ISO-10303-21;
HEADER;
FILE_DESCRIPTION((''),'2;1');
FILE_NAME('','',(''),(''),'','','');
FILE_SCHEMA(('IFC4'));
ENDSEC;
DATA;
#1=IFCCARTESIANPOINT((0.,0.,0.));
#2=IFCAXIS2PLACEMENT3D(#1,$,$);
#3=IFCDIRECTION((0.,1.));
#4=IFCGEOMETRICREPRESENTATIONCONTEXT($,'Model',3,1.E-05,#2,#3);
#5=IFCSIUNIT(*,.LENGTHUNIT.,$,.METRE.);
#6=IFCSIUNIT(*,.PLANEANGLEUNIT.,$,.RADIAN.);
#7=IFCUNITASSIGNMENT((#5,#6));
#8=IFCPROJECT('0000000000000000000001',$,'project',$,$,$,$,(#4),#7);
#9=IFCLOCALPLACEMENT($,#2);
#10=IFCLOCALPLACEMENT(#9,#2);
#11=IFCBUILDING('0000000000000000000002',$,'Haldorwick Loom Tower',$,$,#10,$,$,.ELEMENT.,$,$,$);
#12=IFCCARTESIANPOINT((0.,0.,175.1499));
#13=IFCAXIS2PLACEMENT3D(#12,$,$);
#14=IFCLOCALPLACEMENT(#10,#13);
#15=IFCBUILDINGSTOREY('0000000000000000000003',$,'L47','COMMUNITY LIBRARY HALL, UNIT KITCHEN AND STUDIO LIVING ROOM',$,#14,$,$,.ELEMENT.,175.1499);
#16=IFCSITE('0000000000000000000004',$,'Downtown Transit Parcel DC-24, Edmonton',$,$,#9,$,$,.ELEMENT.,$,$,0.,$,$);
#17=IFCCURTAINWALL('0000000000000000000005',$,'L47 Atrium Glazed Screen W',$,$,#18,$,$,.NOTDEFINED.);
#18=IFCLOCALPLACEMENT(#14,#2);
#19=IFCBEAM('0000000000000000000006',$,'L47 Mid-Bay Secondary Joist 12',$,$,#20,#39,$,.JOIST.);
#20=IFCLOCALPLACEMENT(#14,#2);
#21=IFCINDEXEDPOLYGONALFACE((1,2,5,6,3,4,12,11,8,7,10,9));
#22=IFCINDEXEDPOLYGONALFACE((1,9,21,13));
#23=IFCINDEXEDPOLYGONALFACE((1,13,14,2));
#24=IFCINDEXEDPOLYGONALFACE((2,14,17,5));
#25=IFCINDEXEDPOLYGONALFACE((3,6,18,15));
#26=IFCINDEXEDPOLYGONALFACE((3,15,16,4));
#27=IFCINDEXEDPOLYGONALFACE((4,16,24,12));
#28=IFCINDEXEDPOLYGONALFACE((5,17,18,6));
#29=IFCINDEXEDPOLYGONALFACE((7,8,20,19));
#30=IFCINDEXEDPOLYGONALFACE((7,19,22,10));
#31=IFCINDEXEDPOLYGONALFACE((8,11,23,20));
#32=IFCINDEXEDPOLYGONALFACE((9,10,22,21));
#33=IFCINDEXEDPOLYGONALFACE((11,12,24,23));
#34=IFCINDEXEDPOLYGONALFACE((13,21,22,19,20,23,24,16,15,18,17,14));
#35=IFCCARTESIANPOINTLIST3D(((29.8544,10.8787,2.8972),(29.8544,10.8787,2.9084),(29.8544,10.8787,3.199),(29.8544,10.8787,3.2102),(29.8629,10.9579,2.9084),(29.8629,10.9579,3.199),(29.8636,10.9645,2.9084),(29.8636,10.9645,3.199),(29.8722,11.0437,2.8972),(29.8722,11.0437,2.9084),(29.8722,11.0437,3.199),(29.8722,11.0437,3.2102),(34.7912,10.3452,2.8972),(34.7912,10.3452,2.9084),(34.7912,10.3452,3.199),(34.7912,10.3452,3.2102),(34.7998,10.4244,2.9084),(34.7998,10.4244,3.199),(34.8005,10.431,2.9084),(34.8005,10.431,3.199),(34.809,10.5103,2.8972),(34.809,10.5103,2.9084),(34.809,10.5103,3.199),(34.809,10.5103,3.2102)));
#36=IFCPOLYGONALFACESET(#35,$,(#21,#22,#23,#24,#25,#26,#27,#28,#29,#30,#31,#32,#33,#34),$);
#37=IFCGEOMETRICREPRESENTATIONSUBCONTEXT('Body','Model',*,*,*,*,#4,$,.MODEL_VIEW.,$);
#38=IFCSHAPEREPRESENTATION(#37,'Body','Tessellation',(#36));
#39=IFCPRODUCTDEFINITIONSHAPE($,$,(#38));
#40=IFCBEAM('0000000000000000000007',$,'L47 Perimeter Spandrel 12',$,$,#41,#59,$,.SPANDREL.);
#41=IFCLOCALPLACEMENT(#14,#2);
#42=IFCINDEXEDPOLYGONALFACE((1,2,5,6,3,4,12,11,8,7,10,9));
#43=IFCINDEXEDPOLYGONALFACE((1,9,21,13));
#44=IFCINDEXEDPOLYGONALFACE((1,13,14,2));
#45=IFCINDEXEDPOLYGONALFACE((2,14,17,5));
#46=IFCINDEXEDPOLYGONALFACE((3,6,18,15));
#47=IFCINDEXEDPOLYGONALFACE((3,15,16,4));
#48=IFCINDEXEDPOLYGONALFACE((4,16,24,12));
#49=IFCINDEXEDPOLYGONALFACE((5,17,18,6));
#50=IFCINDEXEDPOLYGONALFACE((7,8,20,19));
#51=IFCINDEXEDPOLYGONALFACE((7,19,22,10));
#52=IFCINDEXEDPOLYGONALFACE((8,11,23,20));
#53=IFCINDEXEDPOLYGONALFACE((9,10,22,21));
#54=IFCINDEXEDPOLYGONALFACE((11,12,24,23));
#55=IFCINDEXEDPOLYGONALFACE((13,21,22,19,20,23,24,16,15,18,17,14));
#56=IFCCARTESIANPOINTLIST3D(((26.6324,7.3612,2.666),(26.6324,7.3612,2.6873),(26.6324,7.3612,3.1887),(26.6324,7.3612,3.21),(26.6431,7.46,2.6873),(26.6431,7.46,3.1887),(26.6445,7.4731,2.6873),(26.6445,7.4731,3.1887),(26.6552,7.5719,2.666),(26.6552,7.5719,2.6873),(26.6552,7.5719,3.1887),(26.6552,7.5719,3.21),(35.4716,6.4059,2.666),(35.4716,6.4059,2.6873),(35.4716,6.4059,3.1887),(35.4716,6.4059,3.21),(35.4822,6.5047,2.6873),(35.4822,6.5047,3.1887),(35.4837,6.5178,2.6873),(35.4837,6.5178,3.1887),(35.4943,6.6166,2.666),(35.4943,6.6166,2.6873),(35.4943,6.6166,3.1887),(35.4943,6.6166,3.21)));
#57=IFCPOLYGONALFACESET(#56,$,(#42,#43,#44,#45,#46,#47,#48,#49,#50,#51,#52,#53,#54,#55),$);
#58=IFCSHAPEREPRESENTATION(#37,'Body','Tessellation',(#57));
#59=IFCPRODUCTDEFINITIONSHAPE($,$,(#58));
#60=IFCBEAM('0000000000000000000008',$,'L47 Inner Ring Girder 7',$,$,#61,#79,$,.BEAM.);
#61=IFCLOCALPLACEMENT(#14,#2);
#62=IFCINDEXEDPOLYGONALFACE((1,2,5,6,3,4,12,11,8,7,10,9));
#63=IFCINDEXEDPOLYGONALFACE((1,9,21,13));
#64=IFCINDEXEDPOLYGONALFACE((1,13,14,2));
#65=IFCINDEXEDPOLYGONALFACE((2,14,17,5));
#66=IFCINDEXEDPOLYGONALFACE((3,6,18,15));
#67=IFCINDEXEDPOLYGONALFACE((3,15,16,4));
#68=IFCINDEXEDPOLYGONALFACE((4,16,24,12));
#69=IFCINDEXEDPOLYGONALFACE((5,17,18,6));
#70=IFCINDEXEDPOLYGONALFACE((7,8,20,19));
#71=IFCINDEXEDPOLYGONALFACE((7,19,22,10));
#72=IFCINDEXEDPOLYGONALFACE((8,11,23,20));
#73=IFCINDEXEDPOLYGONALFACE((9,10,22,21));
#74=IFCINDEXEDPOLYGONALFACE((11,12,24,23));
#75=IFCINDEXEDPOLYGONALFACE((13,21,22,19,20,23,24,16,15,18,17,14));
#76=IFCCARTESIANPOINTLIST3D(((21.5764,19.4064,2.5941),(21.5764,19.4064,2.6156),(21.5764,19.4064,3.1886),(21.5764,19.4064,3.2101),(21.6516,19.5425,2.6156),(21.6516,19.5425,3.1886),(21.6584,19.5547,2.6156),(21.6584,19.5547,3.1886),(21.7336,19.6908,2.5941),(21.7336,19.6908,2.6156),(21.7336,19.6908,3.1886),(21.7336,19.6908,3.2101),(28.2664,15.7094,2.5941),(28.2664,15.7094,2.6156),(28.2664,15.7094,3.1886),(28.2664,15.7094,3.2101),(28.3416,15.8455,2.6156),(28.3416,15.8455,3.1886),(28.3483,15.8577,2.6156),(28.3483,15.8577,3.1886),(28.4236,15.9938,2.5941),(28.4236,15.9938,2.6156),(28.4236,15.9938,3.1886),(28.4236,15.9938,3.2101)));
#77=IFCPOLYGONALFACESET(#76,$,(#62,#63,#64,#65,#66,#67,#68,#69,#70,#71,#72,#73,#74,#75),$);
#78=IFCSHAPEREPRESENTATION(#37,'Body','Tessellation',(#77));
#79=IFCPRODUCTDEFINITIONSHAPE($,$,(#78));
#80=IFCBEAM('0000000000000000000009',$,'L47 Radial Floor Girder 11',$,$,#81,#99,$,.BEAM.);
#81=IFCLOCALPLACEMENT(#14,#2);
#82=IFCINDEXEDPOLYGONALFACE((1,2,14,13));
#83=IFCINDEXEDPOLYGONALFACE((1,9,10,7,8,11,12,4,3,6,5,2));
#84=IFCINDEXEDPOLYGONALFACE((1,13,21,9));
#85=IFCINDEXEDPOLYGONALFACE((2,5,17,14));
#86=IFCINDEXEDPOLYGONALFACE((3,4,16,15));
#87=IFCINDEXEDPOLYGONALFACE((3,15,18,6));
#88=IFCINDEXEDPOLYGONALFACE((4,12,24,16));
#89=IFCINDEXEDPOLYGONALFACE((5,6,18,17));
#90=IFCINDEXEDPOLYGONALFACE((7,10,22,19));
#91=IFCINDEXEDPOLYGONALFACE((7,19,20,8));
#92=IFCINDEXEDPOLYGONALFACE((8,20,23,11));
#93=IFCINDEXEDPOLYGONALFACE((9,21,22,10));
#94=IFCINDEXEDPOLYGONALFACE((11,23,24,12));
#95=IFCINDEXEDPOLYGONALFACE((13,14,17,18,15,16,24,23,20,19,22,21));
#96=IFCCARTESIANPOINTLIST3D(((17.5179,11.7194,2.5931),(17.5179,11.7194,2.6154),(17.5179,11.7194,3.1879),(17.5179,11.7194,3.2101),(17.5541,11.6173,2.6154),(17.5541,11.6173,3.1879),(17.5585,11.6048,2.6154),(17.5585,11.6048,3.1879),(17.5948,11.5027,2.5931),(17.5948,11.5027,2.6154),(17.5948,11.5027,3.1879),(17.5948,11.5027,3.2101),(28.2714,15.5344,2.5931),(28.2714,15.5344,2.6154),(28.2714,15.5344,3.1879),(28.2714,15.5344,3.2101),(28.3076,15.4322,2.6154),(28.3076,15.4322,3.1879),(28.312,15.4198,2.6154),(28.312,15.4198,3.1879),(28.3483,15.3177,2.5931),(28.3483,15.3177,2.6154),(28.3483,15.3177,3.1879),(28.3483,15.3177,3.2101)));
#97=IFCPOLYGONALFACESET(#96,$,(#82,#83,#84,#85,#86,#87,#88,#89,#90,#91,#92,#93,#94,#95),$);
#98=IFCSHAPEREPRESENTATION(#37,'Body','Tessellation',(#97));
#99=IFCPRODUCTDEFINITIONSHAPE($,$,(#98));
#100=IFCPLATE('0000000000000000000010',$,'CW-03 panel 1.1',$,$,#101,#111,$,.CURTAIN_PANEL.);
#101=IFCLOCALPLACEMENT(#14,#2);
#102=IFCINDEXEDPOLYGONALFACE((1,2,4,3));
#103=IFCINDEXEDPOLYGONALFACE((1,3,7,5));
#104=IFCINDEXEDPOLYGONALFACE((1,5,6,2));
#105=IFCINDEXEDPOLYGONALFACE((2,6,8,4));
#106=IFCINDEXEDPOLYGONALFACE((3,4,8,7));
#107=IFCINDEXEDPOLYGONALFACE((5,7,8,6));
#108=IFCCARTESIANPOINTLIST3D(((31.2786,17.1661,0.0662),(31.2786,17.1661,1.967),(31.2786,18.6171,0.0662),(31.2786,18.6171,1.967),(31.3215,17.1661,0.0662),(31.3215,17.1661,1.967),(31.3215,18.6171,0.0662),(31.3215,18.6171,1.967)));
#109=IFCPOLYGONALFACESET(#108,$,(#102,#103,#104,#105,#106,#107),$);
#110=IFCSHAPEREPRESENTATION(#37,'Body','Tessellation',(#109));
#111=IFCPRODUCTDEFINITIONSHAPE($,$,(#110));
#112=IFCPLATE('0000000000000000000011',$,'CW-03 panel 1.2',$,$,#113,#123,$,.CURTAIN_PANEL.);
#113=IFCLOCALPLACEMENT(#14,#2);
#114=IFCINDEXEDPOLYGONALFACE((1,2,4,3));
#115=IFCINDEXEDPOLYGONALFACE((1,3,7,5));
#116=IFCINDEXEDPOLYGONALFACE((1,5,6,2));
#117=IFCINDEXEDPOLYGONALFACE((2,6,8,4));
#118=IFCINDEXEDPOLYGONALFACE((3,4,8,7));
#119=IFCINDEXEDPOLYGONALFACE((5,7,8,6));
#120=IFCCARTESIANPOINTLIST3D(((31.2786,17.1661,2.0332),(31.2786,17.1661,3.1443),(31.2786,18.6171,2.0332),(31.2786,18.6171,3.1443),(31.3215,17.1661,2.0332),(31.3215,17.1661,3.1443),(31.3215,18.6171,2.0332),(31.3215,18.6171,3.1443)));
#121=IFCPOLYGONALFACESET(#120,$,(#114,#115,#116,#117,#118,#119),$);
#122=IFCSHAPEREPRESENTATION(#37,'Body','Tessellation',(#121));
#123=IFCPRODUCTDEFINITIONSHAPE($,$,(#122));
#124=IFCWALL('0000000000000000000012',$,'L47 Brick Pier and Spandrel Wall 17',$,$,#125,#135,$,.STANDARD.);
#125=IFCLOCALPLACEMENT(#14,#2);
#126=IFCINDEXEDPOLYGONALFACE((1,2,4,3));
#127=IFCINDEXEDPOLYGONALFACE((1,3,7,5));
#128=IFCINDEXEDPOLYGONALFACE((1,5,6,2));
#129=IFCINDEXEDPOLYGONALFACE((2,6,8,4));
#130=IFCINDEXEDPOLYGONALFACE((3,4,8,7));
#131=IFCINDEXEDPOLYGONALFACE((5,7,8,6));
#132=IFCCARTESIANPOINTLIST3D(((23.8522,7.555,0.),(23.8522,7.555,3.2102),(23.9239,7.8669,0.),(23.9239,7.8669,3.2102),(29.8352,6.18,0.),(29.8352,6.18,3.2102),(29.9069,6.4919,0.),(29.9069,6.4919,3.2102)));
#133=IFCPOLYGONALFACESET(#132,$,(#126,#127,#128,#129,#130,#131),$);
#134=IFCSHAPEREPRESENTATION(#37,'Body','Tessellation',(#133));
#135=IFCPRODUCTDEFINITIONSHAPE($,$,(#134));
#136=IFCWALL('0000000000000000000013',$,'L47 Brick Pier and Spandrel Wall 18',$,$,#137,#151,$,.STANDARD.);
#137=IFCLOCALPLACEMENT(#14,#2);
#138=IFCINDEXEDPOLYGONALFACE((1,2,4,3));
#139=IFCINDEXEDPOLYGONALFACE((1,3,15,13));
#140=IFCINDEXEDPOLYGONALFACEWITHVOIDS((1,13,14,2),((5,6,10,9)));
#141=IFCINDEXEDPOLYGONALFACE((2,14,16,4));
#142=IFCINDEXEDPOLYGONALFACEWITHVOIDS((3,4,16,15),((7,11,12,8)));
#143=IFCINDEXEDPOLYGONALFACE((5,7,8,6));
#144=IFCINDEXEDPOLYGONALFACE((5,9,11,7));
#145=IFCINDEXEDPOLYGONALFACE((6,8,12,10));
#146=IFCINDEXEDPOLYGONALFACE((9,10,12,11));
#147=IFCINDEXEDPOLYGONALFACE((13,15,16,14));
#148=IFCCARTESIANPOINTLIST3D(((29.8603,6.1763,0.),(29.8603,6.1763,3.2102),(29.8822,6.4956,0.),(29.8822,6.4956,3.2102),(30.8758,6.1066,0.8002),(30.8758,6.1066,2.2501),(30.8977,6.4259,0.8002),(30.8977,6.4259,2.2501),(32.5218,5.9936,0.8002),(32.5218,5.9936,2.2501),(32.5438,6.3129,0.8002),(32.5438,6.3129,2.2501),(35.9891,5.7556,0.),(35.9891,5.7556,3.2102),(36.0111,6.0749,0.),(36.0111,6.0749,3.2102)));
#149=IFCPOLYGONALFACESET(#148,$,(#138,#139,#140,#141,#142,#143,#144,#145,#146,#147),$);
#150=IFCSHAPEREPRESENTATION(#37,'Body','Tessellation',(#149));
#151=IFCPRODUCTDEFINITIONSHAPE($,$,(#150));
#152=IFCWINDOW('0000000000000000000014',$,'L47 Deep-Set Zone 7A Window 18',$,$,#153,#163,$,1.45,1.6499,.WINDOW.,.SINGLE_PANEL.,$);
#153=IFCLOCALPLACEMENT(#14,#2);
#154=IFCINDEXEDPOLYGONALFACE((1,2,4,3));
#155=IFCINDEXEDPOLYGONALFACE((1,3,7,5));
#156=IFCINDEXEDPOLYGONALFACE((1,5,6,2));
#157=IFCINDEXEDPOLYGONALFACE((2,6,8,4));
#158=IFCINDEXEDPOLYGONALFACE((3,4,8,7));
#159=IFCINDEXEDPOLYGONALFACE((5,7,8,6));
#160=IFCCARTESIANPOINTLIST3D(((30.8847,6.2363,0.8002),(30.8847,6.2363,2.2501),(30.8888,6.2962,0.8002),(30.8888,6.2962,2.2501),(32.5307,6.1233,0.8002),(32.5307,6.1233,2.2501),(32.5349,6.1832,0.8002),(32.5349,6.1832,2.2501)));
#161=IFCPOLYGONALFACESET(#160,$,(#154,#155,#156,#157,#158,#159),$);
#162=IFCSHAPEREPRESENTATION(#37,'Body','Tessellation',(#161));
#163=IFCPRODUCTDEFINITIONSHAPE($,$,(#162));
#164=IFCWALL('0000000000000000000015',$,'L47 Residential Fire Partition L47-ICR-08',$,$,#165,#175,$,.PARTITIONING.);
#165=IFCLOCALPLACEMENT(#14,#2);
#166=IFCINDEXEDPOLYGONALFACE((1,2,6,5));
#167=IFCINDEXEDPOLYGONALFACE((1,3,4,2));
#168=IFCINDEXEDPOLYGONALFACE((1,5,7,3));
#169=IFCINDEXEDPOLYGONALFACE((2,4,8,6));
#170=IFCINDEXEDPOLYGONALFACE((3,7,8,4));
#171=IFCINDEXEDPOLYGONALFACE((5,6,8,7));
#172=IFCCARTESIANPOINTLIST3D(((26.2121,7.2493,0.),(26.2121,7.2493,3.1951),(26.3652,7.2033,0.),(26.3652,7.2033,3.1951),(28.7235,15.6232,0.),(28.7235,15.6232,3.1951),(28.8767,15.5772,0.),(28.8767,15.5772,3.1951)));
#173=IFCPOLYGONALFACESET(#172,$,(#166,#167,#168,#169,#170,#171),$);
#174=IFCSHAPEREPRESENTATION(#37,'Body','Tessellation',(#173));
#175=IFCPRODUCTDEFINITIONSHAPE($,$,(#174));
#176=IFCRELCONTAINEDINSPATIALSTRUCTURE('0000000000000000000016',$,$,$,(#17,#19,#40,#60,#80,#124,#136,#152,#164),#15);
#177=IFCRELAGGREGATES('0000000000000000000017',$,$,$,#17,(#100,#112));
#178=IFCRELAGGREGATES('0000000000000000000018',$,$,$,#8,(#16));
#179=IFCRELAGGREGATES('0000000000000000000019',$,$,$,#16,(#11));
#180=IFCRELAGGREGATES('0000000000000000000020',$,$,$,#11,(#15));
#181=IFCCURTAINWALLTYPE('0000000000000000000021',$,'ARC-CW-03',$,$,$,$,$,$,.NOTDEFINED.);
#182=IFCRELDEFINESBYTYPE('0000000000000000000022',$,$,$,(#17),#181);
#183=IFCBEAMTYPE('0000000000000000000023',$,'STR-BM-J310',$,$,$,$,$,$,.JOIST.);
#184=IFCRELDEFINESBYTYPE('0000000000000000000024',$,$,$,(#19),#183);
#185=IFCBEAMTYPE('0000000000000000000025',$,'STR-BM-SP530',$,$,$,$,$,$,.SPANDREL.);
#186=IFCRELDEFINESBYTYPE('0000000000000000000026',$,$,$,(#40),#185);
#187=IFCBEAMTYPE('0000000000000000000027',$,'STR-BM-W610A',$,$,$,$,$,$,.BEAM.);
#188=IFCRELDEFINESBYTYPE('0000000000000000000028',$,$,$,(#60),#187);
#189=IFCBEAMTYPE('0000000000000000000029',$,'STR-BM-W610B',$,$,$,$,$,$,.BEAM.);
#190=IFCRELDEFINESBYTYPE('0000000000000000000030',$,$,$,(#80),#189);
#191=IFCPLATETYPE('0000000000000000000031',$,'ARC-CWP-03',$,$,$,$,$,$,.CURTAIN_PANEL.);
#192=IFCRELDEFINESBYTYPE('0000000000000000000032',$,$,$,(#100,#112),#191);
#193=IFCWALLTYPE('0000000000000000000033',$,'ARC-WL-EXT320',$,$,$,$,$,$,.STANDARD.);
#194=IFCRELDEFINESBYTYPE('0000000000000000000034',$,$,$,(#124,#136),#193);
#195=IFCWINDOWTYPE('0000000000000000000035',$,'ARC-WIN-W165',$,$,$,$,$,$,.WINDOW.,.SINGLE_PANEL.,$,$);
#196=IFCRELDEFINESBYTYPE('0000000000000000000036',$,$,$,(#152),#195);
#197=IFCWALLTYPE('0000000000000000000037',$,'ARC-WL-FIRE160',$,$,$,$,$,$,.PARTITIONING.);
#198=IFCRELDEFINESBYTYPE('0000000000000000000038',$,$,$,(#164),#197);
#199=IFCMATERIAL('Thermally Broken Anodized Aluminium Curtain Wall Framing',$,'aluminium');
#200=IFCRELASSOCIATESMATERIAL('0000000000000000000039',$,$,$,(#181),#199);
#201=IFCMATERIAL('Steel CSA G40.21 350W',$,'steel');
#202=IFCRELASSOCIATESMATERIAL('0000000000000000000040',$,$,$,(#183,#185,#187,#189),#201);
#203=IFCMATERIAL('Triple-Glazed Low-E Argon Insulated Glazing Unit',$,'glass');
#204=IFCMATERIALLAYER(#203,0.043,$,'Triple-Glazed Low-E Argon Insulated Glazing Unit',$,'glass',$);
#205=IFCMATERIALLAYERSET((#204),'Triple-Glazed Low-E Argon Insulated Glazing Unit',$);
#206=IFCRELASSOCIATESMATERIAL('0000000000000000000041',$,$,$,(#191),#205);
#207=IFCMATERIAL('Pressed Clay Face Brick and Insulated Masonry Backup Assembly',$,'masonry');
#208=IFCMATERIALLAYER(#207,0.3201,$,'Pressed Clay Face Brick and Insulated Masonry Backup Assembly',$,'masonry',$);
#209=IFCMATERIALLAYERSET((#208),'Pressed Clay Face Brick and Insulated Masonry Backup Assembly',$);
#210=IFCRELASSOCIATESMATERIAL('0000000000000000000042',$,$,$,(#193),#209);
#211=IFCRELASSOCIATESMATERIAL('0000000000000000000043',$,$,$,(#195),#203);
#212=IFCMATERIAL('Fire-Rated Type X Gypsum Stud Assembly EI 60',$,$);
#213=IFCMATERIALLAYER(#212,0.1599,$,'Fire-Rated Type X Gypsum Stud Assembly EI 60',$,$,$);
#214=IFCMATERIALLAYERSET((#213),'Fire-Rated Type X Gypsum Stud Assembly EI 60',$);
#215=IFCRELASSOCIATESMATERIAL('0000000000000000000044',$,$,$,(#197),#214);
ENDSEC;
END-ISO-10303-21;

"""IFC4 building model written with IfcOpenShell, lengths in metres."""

from ifc_helpers import new_model, si_unit, direction, frame, frame_2d, origin, origin_2d, place, context, subcontext, project, spatial, rectangle, i_section, extrude, material, layer, layer_set, material_profile, profile_set, type_object, element, fill, aggregate, save


model = new_model("IFC4")

# Units and contexts
model_context = context("Model", 3, precision=1e-05, world=origin(), true_north=direction((0.0, 1.0)))
body_context = subcontext(model_context, "Body", "Model", "MODEL_VIEW")
ifc_project = project(units=[si_unit("LENGTHUNIT", "METRE"), si_unit("PLANEANGLEUNIT", "RADIAN")], contexts=[model_context])

# Site, building, storey
site_placement = place(None, origin())
site = spatial("IfcSite", under=ifc_project, at=site_placement, Name="Downtown Transit Parcel DC-24, Edmonton", CompositionType="ELEMENT", RefElevation=0.0)
building_placement = place(site_placement, origin())
building = spatial("IfcBuilding", under=site, at=building_placement, Name="Haldorwick Loom Tower", CompositionType="ELEMENT")
storey_placement = place(building_placement, frame((0.0, 0.0, 175.1499)))
storey = spatial("IfcBuildingStorey", under=building, at=storey_placement, Name="L47", Description="COMMUNITY LIBRARY HALL, UNIT KITCHEN AND STUDIO LIVING ROOM", CompositionType="ELEMENT", Elevation=175.1499)

# Curtain wall
ifc_material_1 = material(Name="Thermally Broken Anodized Aluminium Curtain Wall Framing", Category="aluminium")
curtain_wall_type = type_object("IfcCurtainWallType", Name="ARC-CW-03", PredefinedType="NOTDEFINED", material=ifc_material_1)
curtain_wall_placement = place(storey_placement, origin())
curtain_wall = element("IfcCurtainWall", 1, at=curtain_wall_placement, inside=storey, type_object=curtain_wall_type, Name="L47 Atrium Glazed Screen W", PredefinedType="NOTDEFINED")

# Beams
ifc_material_2 = material(Name="Steel CSA G40.21 350W", Category="steel")
ifc_material_profile_1 = material_profile(ifc_material_2, i_section(OverallWidth=0.166, OverallDepth=0.313, WebThickness=0.0066, FlangeThickness=0.0112, at=origin_2d()), Name="W310X45", Category="steel")
ifc_profile_set_1 = profile_set([ifc_material_profile_1], Name="Steel CSA G40.21 350W")
beam_type_1 = type_object("IfcBeamType", Name="STR-BM-J310", PredefinedType="JOIST", material=ifc_profile_set_1)
beam_1_placement = place(storey_placement, frame((29.8633, 10.9612, 3.0537), z_axis=(0.994213, -0.107431, 0.0), x_axis=(0.107431, 0.994213, 0.0)))
element("IfcBeam", 2, at=beam_1_placement, inside=storey, type_object=beam_type_1, Name="L47 Mid-Bay Secondary Joist 12", PredefinedType="JOIST", context=body_context, shape_type="SweptSolid", body=[
    extrude(i_section(OverallWidth=0.166, OverallDepth=0.313, WebThickness=0.0066, FlangeThickness=0.0112, at=origin_2d()), origin(), (0.0, 0.0, 1.0), 4.9656),
])
ifc_material_profile_2 = material_profile(ifc_material_2, i_section(OverallWidth=0.2119, OverallDepth=0.5439, WebThickness=0.0132, FlangeThickness=0.0212, at=origin_2d()), Name="W530X123", Category="steel")
ifc_profile_set_2 = profile_set([ifc_material_profile_2], Name="Steel CSA G40.21 350W")
beam_type_2 = type_object("IfcBeamType", Name="STR-BM-SP530", PredefinedType="SPANDREL", material=ifc_profile_set_2)
beam_2_placement = place(storey_placement, frame((26.6438, 7.4666, 2.938), z_axis=(0.99421, -0.107453, 0.0), x_axis=(0.107453, 0.99421, 0.0)))
element("IfcBeam", 3, at=beam_2_placement, inside=storey, type_object=beam_type_2, Name="L47 Perimeter Spandrel 12", PredefinedType="SPANDREL", context=body_context, shape_type="SweptSolid", body=[
    extrude(i_section(OverallWidth=0.2119, OverallDepth=0.5439, WebThickness=0.0132, FlangeThickness=0.0212, at=origin_2d()), origin(), (0.0, 0.0, 1.0), 8.8906),
])
ifc_material_profile_3 = material_profile(ifc_material_2, i_section(OverallWidth=0.325, OverallDepth=0.616, WebThickness=0.0139, FlangeThickness=0.0215, at=origin_2d()), Name="W610X174", Category="steel")
ifc_profile_set_3 = profile_set([ifc_material_profile_3], Name="Steel CSA G40.21 350W")
beam_type_3 = type_object("IfcBeamType", Name="STR-BM-W610A", PredefinedType="BEAM", material=ifc_profile_set_3)
beam_3_placement = place(storey_placement, frame((28.345, 15.8516, 2.9021), z_axis=(-0.875244, 0.483681, 0.0), x_axis=(-0.483681, -0.875244, 0.0)))
element("IfcBeam", 4, at=beam_3_placement, inside=storey, type_object=beam_type_3, Name="L47 Inner Ring Girder 7", PredefinedType="BEAM", context=body_context, shape_type="SweptSolid", body=[
    extrude(i_section(OverallWidth=0.325, OverallDepth=0.616, WebThickness=0.0139, FlangeThickness=0.0215, at=origin_2d()), origin(), (0.0, 0.0, 1.0), 7.6436),
])
ifc_material_profile_4 = material_profile(ifc_material_2, i_section(OverallWidth=0.23, OverallDepth=0.6169, WebThickness=0.0132, FlangeThickness=0.0222, at=origin_2d()), Name="W610X140", Category="steel")
ifc_profile_set_4 = profile_set([ifc_material_profile_4], Name="Steel CSA G40.21 350W")
beam_type_4 = type_object("IfcBeamType", Name="STR-BM-W610B", PredefinedType="BEAM", material=ifc_profile_set_4)
beam_4_placement = place(storey_placement, frame((28.3098, 15.426, 2.9016), z_axis=(-0.942449, -0.334349, 0.0), x_axis=(0.334349, -0.942449, 0.0)))
element("IfcBeam", 5, at=beam_4_placement, inside=storey, type_object=beam_type_4, Name="L47 Radial Floor Girder 11", PredefinedType="BEAM", context=body_context, shape_type="SweptSolid", body=[
    extrude(i_section(OverallWidth=0.23, OverallDepth=0.6169, WebThickness=0.0132, FlangeThickness=0.0222, at=origin_2d()), origin(), (0.0, 0.0, 1.0), 11.4102),
])

# Plates
ifc_material_3 = material(Name="Triple-Glazed Low-E Argon Insulated Glazing Unit", Category="glass")
ifc_layer_1 = layer(ifc_material_3, 0.043, Name="Triple-Glazed Low-E Argon Insulated Glazing Unit", Category="glass")
ifc_layer_set_1 = layer_set([ifc_layer_1], Name="Triple-Glazed Low-E Argon Insulated Glazing Unit")
plate_type = type_object("IfcPlateType", Name="ARC-CWP-03", PredefinedType="CURTAIN_PANEL", material=ifc_layer_set_1)
plate_1_placement = place(storey_placement, frame((31.3, 17.8916, 0.0662), z_axis=(0.0, 0.0, 1.0), x_axis=(0.0, 1.0, 0.0)))
plate_1 = element("IfcPlate", 6, at=plate_1_placement, type_object=plate_type, Name="CW-03 panel 1.1", PredefinedType="CURTAIN_PANEL", context=body_context, shape_type="SweptSolid", body=[
    extrude(rectangle(XDim=1.4509, YDim=0.043, at=origin_2d()), origin(), (0.0, 0.0, 1.0), 1.9009),
])
plate_2_placement = place(storey_placement, frame((31.3, 17.8916, 2.0332), z_axis=(0.0, 0.0, 1.0), x_axis=(0.0, 1.0, 0.0)))
plate_2 = element("IfcPlate", 7, at=plate_2_placement, type_object=plate_type, Name="CW-03 panel 1.2", PredefinedType="CURTAIN_PANEL", context=body_context, shape_type="SweptSolid", body=[
    extrude(rectangle(XDim=1.4509, YDim=0.043, at=origin_2d()), origin(), (0.0, 0.0, 1.0), 1.1111),
])
aggregate(curtain_wall, [plate_1, plate_2])

# Wall
ifc_material_4 = material(Name="Pressed Clay Face Brick and Insulated Masonry Backup Assembly", Category="masonry")
ifc_layer_2 = layer(ifc_material_4, 0.3201, Name="Pressed Clay Face Brick and Insulated Masonry Backup Assembly", Category="masonry")
ifc_layer_set_2 = layer_set([ifc_layer_2], Name="Pressed Clay Face Brick and Insulated Masonry Backup Assembly")
wall_type_1 = type_object("IfcWallType", Name="ARC-WL-EXT320", PredefinedType="STANDARD", material=ifc_layer_set_2)
wall_1_placement = place(storey_placement, frame((23.8882, 7.7109, 0.0), z_axis=(0.0, 0.0, 1.0), x_axis=(0.974593, -0.223982, 0.0)))
element("IfcWall", 8, at=wall_1_placement, inside=storey, type_object=wall_type_1, Name="L47 Brick Pier and Spandrel Wall 17", PredefinedType="STANDARD", context=body_context, shape_type="SweptSolid", body=[
    extrude(rectangle(XDim=6.1389, YDim=0.3201, at=frame_2d((3.0693, 0.0))), origin(), (0.0, 0.0, 1.0), 3.2102),
])

# Wall, opening, window
wall_2_placement = place(storey_placement, frame((29.8711, 6.3359, 0.0), z_axis=(0.0, 0.0, 1.0), x_axis=(0.997653, -0.068473, 0.0)))
wall_2 = element("IfcWall", 9, at=wall_2_placement, inside=storey, type_object=wall_type_1, Name="L47 Brick Pier and Spandrel Wall 18", PredefinedType="STANDARD", context=body_context, shape_type="SweptSolid", body=[
    extrude(rectangle(XDim=6.1433, YDim=0.3201, at=frame_2d((3.0718, 0.0))), origin(), (0.0, 0.0, 1.0), 3.2102),
])
opening_placement = place(wall_2_placement, frame((1.0181, 0.0, 0.8)))
opening = element("IfcOpeningElement", 10, at=opening_placement, cuts=wall_2, PredefinedType="OPENING", context=body_context, shape_type="SweptSolid", body=[
    extrude(rectangle(XDim=1.6499, YDim=1.45, at=frame_2d((0.825, 0.7251))), frame((0.0, 0.1699, 0.0), z_axis=(0.0, -1.0, 0.0), x_axis=(1.0, 0.0, 0.0)), (0.0, 0.0, 1.0), 0.3401),
])
window_type = type_object("IfcWindowType", Name="ARC-WIN-W165", PartitioningType="SINGLE_PANEL", PredefinedType="WINDOW", material=ifc_material_3)
window_placement = place(opening_placement, origin())
window = element("IfcWindow", 11, at=window_placement, inside=storey, type_object=window_type, Name="L47 Deep-Set Zone 7A Window 18", OverallHeight=1.45, OverallWidth=1.6499, PartitioningType="SINGLE_PANEL", PredefinedType="WINDOW", context=body_context, shape_type="SweptSolid", body=[
    extrude(rectangle(XDim=1.6499, YDim=1.45, at=frame_2d((0.825, 0.7251))), frame((0.0, 0.03, 0.0), z_axis=(0.0, -1.0, 0.0), x_axis=(1.0, 0.0, 0.0)), (0.0, 0.0, 1.0), 0.0601),
])
fill(opening, window)

# Wall
ifc_material_5 = material(Name="Fire-Rated Type X Gypsum Stud Assembly EI 60")
ifc_layer_3 = layer(ifc_material_5, 0.1599, Name="Fire-Rated Type X Gypsum Stud Assembly EI 60")
ifc_layer_set_3 = layer_set([ifc_layer_3], Name="Fire-Rated Type X Gypsum Stud Assembly EI 60")
wall_type_2 = type_object("IfcWallType", Name="ARC-WL-FIRE160", PredefinedType="PARTITIONING", material=ifc_layer_set_3)
wall_3_placement = place(storey_placement, frame((28.8, 15.6001, 0.0), z_axis=(0.0, 0.0, 1.0), x_axis=(-0.287271, -0.957849, 0.0)))
element("IfcWall", 12, at=wall_3_placement, inside=storey, type_object=wall_type_2, Name="L47 Residential Fire Partition L47-ICR-08", PredefinedType="PARTITIONING", context=body_context, shape_type="SweptSolid", body=[
    extrude(rectangle(XDim=8.7424, YDim=0.1599, at=frame_2d((4.3711, 0.0))), origin(), (0.0, 0.0, 1.0), 3.1951),
])

save(model, "model.ifc")
